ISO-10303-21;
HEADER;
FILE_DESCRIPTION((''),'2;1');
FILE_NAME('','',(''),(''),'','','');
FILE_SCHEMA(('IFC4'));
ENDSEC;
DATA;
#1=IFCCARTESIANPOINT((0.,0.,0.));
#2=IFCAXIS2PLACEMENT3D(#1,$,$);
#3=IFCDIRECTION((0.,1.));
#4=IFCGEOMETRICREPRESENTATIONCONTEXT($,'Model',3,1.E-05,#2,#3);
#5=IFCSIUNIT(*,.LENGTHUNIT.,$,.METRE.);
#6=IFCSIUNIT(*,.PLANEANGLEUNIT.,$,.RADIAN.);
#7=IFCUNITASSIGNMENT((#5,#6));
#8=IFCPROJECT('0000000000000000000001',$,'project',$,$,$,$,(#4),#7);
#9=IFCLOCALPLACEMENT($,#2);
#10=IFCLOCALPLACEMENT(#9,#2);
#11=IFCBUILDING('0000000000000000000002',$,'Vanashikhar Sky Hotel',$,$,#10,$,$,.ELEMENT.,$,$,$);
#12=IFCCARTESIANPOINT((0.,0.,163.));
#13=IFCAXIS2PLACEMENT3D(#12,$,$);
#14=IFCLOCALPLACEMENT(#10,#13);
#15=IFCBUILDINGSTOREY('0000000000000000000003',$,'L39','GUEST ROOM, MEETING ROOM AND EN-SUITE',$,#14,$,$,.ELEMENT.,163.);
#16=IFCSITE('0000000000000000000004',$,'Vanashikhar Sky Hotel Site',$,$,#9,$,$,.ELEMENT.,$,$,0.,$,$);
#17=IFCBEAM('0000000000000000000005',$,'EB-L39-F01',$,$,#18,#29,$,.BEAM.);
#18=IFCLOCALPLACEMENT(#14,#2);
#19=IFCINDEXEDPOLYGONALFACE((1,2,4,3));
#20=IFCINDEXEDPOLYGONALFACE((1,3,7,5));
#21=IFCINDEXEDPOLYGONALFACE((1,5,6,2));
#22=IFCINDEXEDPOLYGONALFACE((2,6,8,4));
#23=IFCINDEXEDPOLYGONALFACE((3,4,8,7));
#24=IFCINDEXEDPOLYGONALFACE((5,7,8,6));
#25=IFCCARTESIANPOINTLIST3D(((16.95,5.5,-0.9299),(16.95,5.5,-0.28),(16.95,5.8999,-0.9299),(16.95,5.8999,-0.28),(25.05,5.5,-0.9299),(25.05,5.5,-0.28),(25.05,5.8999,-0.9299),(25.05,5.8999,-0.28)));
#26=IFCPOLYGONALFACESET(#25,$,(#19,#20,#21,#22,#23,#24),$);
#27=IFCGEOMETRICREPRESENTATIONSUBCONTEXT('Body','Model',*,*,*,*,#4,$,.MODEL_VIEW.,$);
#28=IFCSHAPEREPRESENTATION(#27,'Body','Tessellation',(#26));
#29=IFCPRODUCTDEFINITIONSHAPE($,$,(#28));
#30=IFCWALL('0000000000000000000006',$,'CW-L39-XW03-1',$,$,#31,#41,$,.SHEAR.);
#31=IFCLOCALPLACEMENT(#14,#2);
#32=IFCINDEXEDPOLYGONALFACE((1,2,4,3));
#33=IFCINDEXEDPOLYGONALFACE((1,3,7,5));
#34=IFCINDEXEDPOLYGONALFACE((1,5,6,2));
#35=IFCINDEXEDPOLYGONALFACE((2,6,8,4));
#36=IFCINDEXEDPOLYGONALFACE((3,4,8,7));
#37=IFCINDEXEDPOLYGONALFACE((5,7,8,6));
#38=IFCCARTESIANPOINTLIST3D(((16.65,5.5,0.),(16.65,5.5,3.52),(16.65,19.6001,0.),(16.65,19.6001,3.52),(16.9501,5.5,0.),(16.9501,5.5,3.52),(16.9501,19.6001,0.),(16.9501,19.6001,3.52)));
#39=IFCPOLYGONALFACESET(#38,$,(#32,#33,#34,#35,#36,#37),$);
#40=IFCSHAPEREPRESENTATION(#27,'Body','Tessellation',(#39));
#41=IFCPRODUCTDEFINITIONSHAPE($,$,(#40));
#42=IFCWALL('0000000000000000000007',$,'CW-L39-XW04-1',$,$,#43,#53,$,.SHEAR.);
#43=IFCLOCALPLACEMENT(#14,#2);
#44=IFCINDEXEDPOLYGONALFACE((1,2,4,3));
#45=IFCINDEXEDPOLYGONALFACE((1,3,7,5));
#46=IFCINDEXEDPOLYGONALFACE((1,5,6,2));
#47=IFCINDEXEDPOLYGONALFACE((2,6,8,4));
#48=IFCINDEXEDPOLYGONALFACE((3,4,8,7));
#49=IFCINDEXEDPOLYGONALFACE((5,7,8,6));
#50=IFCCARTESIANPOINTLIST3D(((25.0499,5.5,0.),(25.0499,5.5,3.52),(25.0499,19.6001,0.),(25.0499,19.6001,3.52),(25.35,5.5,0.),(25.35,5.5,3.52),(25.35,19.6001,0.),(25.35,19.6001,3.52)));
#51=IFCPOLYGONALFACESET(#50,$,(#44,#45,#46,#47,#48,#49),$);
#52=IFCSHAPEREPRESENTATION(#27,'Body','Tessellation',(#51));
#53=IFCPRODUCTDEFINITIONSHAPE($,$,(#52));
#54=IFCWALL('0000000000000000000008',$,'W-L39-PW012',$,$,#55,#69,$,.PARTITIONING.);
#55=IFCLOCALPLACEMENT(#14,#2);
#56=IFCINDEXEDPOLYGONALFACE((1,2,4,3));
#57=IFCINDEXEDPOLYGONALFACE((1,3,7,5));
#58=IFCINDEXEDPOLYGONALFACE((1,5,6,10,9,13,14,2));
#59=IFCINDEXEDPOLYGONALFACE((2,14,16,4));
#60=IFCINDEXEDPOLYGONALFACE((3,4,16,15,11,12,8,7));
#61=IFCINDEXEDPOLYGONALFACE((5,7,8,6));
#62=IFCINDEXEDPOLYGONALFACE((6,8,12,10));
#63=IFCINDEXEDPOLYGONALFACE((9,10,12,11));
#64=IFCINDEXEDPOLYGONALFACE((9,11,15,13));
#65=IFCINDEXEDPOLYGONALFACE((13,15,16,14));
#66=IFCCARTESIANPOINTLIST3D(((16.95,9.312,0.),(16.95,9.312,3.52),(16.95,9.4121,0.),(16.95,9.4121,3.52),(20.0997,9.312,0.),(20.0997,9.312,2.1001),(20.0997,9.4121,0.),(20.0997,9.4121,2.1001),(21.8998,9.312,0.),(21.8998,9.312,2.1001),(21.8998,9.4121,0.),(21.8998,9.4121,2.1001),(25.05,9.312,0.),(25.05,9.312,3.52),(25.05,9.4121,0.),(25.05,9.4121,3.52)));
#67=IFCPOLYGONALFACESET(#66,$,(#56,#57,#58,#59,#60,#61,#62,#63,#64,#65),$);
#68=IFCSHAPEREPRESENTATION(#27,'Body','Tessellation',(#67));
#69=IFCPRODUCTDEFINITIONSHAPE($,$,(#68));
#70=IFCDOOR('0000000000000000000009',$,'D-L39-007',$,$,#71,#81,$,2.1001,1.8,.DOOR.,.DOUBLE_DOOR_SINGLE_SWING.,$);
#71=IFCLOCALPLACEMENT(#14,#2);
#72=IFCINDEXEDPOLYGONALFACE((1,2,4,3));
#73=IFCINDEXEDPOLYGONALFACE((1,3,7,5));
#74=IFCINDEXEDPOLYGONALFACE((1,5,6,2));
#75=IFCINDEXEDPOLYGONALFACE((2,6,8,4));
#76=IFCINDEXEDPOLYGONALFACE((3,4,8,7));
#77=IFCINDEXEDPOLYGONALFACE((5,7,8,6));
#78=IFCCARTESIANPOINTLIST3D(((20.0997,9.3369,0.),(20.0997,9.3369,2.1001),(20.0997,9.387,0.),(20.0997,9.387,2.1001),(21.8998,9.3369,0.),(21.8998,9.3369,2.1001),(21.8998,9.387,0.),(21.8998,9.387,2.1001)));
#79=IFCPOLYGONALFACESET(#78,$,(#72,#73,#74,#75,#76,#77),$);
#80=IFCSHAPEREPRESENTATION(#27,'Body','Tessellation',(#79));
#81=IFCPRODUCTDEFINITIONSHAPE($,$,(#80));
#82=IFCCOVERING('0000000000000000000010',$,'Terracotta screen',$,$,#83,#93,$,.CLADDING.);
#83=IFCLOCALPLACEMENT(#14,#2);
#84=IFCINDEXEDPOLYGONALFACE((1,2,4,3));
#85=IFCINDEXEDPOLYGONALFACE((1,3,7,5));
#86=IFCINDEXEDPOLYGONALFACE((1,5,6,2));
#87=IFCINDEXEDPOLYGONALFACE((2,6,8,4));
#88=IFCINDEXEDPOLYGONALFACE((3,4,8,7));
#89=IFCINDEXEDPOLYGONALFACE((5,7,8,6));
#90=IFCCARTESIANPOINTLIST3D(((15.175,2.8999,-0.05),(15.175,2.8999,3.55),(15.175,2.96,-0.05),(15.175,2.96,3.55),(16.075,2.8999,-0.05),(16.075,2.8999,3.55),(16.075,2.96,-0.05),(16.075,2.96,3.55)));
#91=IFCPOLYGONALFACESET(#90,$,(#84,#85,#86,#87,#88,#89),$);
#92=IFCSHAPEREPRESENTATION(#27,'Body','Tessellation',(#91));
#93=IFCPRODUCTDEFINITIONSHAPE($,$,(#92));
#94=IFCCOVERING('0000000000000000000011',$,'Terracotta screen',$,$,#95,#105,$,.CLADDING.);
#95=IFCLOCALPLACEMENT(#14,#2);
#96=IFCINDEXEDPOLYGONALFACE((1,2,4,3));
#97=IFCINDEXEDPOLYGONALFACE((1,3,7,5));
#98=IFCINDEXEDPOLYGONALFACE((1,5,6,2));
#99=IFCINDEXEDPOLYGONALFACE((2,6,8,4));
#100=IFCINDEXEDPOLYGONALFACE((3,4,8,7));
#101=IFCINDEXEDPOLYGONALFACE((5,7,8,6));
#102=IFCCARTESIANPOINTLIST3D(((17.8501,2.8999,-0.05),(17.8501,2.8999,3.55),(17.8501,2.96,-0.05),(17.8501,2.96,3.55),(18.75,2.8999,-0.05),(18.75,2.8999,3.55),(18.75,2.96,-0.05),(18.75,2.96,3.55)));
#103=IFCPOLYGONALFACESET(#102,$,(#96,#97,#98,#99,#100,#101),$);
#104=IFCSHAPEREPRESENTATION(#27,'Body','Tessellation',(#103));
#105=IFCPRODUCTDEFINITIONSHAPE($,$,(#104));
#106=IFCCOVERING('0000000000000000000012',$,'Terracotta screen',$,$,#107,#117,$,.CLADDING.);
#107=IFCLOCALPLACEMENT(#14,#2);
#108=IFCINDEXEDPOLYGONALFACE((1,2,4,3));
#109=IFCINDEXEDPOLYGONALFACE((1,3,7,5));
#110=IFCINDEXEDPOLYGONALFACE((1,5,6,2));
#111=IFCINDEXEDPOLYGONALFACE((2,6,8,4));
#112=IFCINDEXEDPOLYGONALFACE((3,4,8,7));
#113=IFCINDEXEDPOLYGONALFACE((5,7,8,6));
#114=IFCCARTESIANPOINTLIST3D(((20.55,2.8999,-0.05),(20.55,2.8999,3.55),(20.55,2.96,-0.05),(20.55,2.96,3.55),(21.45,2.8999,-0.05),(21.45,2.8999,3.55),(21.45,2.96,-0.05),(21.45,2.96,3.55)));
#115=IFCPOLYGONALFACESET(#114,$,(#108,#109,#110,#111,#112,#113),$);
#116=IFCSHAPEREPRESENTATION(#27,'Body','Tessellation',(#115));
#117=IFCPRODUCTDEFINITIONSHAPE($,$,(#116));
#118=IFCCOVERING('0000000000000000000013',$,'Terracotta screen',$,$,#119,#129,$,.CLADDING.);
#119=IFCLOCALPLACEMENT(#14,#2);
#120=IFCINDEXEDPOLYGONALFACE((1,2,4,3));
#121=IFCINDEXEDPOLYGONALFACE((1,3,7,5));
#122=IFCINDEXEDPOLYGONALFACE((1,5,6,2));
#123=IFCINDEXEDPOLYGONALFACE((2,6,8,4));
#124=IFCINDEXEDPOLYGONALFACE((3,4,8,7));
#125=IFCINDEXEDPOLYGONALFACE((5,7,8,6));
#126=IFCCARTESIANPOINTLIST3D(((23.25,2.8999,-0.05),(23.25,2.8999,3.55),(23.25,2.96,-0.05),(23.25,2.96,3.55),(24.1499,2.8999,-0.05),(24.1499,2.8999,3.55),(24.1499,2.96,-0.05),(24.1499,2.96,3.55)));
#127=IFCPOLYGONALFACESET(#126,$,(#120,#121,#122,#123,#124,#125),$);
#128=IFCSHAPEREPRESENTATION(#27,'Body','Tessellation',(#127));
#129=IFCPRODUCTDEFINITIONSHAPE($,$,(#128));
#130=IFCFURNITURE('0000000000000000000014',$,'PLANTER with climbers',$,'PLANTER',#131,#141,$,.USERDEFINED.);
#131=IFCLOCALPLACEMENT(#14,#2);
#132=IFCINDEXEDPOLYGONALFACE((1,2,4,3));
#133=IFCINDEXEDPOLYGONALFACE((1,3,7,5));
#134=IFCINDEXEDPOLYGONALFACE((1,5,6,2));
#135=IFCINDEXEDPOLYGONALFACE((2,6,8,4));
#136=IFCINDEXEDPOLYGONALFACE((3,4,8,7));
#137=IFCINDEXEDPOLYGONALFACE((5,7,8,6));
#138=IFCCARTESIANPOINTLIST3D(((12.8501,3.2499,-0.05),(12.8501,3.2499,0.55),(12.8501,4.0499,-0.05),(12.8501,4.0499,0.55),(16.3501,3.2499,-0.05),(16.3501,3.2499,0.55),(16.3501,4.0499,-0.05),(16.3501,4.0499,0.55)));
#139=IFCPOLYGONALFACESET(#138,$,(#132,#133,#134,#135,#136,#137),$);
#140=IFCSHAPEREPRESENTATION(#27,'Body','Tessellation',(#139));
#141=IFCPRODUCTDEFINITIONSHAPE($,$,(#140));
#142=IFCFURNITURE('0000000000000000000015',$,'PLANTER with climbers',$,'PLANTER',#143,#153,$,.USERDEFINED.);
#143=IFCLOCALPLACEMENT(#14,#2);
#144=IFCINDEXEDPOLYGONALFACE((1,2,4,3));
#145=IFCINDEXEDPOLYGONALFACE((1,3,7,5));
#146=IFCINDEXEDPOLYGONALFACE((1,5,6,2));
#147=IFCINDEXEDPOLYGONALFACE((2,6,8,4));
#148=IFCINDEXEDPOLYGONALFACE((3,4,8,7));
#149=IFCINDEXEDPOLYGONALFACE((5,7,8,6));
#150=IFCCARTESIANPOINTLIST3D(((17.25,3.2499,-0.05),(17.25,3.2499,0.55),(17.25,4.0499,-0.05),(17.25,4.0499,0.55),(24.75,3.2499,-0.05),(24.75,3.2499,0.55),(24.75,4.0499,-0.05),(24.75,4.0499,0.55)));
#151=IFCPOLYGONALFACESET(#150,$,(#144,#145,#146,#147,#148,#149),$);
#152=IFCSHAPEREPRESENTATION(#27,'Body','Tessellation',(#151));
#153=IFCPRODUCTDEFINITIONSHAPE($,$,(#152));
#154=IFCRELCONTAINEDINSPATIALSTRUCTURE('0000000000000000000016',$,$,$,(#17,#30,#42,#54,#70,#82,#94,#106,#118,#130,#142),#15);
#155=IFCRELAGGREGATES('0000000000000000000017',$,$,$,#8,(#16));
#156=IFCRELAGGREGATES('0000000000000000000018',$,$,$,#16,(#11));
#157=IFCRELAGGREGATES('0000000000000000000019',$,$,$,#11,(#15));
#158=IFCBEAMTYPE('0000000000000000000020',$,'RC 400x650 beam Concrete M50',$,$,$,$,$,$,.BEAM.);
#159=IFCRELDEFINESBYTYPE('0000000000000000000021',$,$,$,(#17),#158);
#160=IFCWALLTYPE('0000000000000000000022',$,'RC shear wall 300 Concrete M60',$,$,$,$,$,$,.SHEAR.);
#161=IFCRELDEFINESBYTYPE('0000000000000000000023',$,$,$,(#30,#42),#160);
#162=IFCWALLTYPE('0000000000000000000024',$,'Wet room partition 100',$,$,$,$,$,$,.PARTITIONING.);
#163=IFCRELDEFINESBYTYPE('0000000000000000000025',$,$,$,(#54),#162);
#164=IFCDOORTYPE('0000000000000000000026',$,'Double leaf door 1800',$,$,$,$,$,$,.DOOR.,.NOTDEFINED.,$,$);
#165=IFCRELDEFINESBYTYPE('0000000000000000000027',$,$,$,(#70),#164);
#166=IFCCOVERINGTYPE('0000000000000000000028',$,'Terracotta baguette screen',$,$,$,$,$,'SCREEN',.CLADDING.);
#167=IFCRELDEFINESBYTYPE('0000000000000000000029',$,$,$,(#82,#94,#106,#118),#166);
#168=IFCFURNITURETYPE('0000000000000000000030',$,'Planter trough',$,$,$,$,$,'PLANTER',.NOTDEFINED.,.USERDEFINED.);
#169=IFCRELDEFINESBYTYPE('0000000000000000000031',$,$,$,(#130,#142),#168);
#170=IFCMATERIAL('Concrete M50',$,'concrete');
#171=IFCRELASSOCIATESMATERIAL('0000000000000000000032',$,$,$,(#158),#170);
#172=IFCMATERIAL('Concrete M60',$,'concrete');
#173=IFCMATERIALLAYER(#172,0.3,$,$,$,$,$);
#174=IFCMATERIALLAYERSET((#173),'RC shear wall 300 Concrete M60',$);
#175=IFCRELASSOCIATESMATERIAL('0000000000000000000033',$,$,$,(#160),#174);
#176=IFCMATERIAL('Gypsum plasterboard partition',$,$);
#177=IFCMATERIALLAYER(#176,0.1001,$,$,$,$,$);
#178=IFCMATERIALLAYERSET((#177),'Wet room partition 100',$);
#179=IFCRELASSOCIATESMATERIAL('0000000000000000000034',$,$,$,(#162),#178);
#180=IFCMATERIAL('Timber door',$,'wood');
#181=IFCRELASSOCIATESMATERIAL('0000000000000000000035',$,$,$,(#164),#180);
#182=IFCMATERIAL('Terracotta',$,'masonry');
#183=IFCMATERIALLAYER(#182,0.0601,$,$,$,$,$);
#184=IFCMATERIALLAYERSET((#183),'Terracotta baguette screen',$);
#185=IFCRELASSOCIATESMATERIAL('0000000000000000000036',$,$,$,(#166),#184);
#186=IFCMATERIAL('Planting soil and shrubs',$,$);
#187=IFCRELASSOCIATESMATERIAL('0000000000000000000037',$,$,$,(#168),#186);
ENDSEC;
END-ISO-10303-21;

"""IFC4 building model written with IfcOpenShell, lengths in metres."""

from ifc_helpers import new_model, si_unit, direction, frame, frame_2d, origin, origin_2d, place, context, subcontext, project, spatial, rectangle, extrude, source, transform, mapped, material, layer, layer_set, material_profile, profile_set, type_object, element, fill, save


model = new_model("IFC4")

# Units and contexts
model_context = context("Model", 3, precision=1e-05, world=origin(), true_north=direction((0.0, 1.0)))
body_context = subcontext(model_context, "Body", "Model", "MODEL_VIEW")
ifc_project = project(units=[si_unit("LENGTHUNIT", "METRE"), si_unit("PLANEANGLEUNIT", "RADIAN")], contexts=[model_context])

# Site, building, storey
site_placement = place(None, origin())
site = spatial("IfcSite", under=ifc_project, at=site_placement, Name="Vanashikhar Sky Hotel Site", CompositionType="ELEMENT", RefElevation=0.0)
building_placement = place(site_placement, origin())
building = spatial("IfcBuilding", under=site, at=building_placement, Name="Vanashikhar Sky Hotel", CompositionType="ELEMENT")
storey_placement = place(building_placement, frame((0.0, 0.0, 163.0)))
storey = spatial("IfcBuildingStorey", under=building, at=storey_placement, Name="L39", Description="GUEST ROOM, MEETING ROOM AND EN-SUITE", CompositionType="ELEMENT", Elevation=163.0)

# Beam
ifc_material_1 = material(Name="Concrete M50", Category="concrete")
ifc_material_profile = material_profile(ifc_material_1, rectangle(XDim=0.3999, YDim=0.6499, at=origin_2d()))
ifc_profile_set = profile_set([ifc_material_profile], Name="RC 400x650 beam Concrete M50")
beam_type = type_object("IfcBeamType", Name="RC 400x650 beam Concrete M50", PredefinedType="BEAM", material=ifc_profile_set)
shared_shape_1 = source(origin(), body_context, "Body", "SweptSolid", [
    extrude(rectangle(XDim=0.3999, YDim=0.6499, at=origin_2d()), origin(), (0.0, 0.0, 1.0), 8.1001),
])
beam_placement = place(storey_placement, frame((16.95, 5.7, -0.605), z_axis=(1.0, 0.0, 0.0), x_axis=(0.0, 1.0, 0.0)))
element("IfcBeam", 1, at=beam_placement, inside=storey, type_object=beam_type, Name="EB-L39-F01", PredefinedType="BEAM", context=body_context, shape_type="MappedRepresentation", body=[
    mapped(shared_shape_1, transform((0.0, 0.0, 0.0), scale=1.0)),
])

# Walls
ifc_material_2 = material(Name="Concrete M60", Category="concrete")
ifc_layer_1 = layer(ifc_material_2, 0.3)
ifc_layer_set_1 = layer_set([ifc_layer_1], Name="RC shear wall 300 Concrete M60")
wall_type_1 = type_object("IfcWallType", Name="RC shear wall 300 Concrete M60", PredefinedType="SHEAR", material=ifc_layer_set_1)
shared_shape_2 = source(origin(), body_context, "Body", "SweptSolid", [
    extrude(rectangle(XDim=14.1001, YDim=0.3, at=frame_2d((7.05, 0.0))), origin(), (0.0, 0.0, 1.0), 3.52),
])
for number, where, z_axis, x_axis, name in (
    (2, (16.8, 5.5, 0.0), (0.0, 0.0, 1.0), (0.0, 1.0, 0.0), "CW-L39-XW03-1"),
    (3, (25.2, 5.5, 0.0), (0.0, 0.0, 1.0), (0.0, 1.0, 0.0), "CW-L39-XW04-1"),
):
    element("IfcWall", number, at=place(storey_placement, frame(where, z_axis=z_axis, x_axis=x_axis)), inside=storey, type_object=wall_type_1, Name=name, PredefinedType="SHEAR", context=body_context, shape_type="MappedRepresentation", body=[
        mapped(shared_shape_2, transform((0.0, 0.0, 0.0), scale=1.0)),
    ])

# Wall, opening, door
ifc_material_3 = material(Name="Gypsum plasterboard partition")
ifc_layer_2 = layer(ifc_material_3, 0.1001)
ifc_layer_set_2 = layer_set([ifc_layer_2], Name="Wet room partition 100")
wall_type_2 = type_object("IfcWallType", Name="Wet room partition 100", PredefinedType="PARTITIONING", material=ifc_layer_set_2)
shared_shape_3 = source(origin(), body_context, "Body", "SweptSolid", [
    extrude(rectangle(XDim=8.1001, YDim=0.1001, at=frame_2d((4.05, 0.0))), origin(), (0.0, 0.0, 1.0), 3.52),
])
wall_1_placement = place(storey_placement, frame((16.95, 9.3621, 0.0), z_axis=(0.0, 0.0, 1.0), x_axis=(1.0, 0.0, 0.0)))
wall_1 = element("IfcWall", 4, at=wall_1_placement, inside=storey, type_object=wall_type_2, Name="W-L39-PW012", PredefinedType="PARTITIONING", context=body_context, shape_type="MappedRepresentation", body=[
    mapped(shared_shape_3, transform((0.0, 0.0, 0.0), scale=1.0)),
])
shared_shape_4 = source(origin(), body_context, "Body", "SweptSolid", [
    extrude(rectangle(XDim=1.8, YDim=2.1001, at=frame_2d((0.8999, 1.05))), frame((0.0, 0.0601, 0.0), z_axis=(0.0, -1.0, 0.0), x_axis=(1.0, 0.0, 0.0)), (0.0, 0.0, 1.0), 0.1201),
])
opening_1_placement = place(wall_1_placement, frame((3.1499, 0.0, 0.0)))
opening_1 = element("IfcOpeningElement", 5, at=opening_1_placement, cuts=wall_1, PredefinedType="OPENING", context=body_context, shape_type="MappedRepresentation", body=[
    mapped(shared_shape_4, transform((0.0, 0.0, 0.0), scale=1.0)),
])
ifc_material_4 = material(Name="Timber door", Category="wood")
door_type_1 = type_object("IfcDoorType", Name="Double leaf door 1800", OperationType="NOTDEFINED", PredefinedType="DOOR", material=ifc_material_4)
shared_shape_5 = source(origin(), body_context, "Body", "SweptSolid", [
    extrude(rectangle(XDim=1.8, YDim=2.1001, at=frame_2d((0.8999, 1.05))), frame((0.0, 0.0249, 0.0), z_axis=(0.0, -1.0, 0.0), x_axis=(1.0, 0.0, 0.0)), (0.0, 0.0, 1.0), 0.05),
])
door_1_placement = place(opening_1_placement, origin())
door_1 = element("IfcDoor", 6, at=door_1_placement, inside=storey, type_object=door_type_1, Name="D-L39-007", OperationType="DOUBLE_DOOR_SINGLE_SWING", OverallHeight=2.1001, OverallWidth=1.8, PredefinedType="DOOR", context=body_context, shape_type="MappedRepresentation", body=[
    mapped(shared_shape_5, transform((0.0, 0.0, 0.0), scale=1.0)),
])
fill(opening_1, door_1)

# Coverings
ifc_material_5 = material(Name="Terracotta", Category="masonry")
ifc_layer_3 = layer(ifc_material_5, 0.0601)
ifc_layer_set_3 = layer_set([ifc_layer_3], Name="Terracotta baguette screen")
covering_type = type_object("IfcCoveringType", Name="Terracotta baguette screen", ElementType="SCREEN", PredefinedType="CLADDING", material=ifc_layer_set_3)
shared_shape_6 = source(origin(), body_context, "Body", "SweptSolid", [
    extrude(rectangle(XDim=0.8999, YDim=0.0601, at=origin_2d()), origin(), (0.0, 0.0, 1.0), 3.6001),
])
for number, where, z_axis, x_axis, name in (
    (7, (15.625, 2.9299, -0.05), (0.0, 0.0, 1.0), (1.0, 0.0, 0.0), "Terracotta screen"),
    (8, (18.3, 2.9299, -0.05), (0.0, 0.0, 1.0), (1.0, 0.0, 0.0), "Terracotta screen"),
    (9, (21.0, 2.9299, -0.05), (0.0, 0.0, 1.0), (1.0, 0.0, 0.0), "Terracotta screen"),
    (10, (23.7, 2.9299, -0.05), (0.0, 0.0, 1.0), (1.0, 0.0, 0.0), "Terracotta screen"),
):
    element("IfcCovering", number, at=place(storey_placement, frame(where, z_axis=z_axis, x_axis=x_axis)), inside=storey, type_object=covering_type, Name=name, PredefinedType="CLADDING", context=body_context, shape_type="MappedRepresentation", body=[
        mapped(shared_shape_6, transform((0.0, 0.0, 0.0), scale=1.0)),
    ])

# Furniture
ifc_material_6 = material(Name="Planting soil and shrubs")
furniture_type = type_object("IfcFurnitureType", Name="Planter trough", ElementType="PLANTER", AssemblyPlace="NOTDEFINED", PredefinedType="USERDEFINED", material=ifc_material_6)
shared_shape_7 = source(origin(), body_context, "Body", "SweptSolid", [
    extrude(rectangle(XDim=3.5, YDim=0.8, at=origin_2d()), origin(), (0.0, 0.0, 1.0), 0.6001),
])
furniture_1_placement = place(storey_placement, frame((14.6001, 3.6499, -0.05), z_axis=(0.0, 0.0, 1.0), x_axis=(1.0, 0.0, 0.0)))
element("IfcFurniture", 11, at=furniture_1_placement, inside=storey, type_object=furniture_type, Name="PLANTER with climbers", ObjectType="PLANTER", PredefinedType="USERDEFINED", context=body_context, shape_type="MappedRepresentation", body=[
    mapped(shared_shape_7, transform((0.0, 0.0, 0.0), scale=1.0)),
])
shared_shape_8 = source(origin(), body_context, "Body", "SweptSolid", [
    extrude(rectangle(XDim=7.5, YDim=0.8, at=origin_2d()), origin(), (0.0, 0.0, 1.0), 0.6001),
])
furniture_2_placement = place(storey_placement, frame((21.0, 3.6499, -0.05), z_axis=(0.0, 0.0, 1.0), x_axis=(1.0, 0.0, 0.0)))
element("IfcFurniture", 12, at=furniture_2_placement, inside=storey, type_object=furniture_type, Name="PLANTER with climbers", ObjectType="PLANTER", PredefinedType="USERDEFINED", context=body_context, shape_type="MappedRepresentation", body=[
    mapped(shared_shape_8, transform((0.0, 0.0, 0.0), scale=1.0)),
])

save(model, "model.ifc")
